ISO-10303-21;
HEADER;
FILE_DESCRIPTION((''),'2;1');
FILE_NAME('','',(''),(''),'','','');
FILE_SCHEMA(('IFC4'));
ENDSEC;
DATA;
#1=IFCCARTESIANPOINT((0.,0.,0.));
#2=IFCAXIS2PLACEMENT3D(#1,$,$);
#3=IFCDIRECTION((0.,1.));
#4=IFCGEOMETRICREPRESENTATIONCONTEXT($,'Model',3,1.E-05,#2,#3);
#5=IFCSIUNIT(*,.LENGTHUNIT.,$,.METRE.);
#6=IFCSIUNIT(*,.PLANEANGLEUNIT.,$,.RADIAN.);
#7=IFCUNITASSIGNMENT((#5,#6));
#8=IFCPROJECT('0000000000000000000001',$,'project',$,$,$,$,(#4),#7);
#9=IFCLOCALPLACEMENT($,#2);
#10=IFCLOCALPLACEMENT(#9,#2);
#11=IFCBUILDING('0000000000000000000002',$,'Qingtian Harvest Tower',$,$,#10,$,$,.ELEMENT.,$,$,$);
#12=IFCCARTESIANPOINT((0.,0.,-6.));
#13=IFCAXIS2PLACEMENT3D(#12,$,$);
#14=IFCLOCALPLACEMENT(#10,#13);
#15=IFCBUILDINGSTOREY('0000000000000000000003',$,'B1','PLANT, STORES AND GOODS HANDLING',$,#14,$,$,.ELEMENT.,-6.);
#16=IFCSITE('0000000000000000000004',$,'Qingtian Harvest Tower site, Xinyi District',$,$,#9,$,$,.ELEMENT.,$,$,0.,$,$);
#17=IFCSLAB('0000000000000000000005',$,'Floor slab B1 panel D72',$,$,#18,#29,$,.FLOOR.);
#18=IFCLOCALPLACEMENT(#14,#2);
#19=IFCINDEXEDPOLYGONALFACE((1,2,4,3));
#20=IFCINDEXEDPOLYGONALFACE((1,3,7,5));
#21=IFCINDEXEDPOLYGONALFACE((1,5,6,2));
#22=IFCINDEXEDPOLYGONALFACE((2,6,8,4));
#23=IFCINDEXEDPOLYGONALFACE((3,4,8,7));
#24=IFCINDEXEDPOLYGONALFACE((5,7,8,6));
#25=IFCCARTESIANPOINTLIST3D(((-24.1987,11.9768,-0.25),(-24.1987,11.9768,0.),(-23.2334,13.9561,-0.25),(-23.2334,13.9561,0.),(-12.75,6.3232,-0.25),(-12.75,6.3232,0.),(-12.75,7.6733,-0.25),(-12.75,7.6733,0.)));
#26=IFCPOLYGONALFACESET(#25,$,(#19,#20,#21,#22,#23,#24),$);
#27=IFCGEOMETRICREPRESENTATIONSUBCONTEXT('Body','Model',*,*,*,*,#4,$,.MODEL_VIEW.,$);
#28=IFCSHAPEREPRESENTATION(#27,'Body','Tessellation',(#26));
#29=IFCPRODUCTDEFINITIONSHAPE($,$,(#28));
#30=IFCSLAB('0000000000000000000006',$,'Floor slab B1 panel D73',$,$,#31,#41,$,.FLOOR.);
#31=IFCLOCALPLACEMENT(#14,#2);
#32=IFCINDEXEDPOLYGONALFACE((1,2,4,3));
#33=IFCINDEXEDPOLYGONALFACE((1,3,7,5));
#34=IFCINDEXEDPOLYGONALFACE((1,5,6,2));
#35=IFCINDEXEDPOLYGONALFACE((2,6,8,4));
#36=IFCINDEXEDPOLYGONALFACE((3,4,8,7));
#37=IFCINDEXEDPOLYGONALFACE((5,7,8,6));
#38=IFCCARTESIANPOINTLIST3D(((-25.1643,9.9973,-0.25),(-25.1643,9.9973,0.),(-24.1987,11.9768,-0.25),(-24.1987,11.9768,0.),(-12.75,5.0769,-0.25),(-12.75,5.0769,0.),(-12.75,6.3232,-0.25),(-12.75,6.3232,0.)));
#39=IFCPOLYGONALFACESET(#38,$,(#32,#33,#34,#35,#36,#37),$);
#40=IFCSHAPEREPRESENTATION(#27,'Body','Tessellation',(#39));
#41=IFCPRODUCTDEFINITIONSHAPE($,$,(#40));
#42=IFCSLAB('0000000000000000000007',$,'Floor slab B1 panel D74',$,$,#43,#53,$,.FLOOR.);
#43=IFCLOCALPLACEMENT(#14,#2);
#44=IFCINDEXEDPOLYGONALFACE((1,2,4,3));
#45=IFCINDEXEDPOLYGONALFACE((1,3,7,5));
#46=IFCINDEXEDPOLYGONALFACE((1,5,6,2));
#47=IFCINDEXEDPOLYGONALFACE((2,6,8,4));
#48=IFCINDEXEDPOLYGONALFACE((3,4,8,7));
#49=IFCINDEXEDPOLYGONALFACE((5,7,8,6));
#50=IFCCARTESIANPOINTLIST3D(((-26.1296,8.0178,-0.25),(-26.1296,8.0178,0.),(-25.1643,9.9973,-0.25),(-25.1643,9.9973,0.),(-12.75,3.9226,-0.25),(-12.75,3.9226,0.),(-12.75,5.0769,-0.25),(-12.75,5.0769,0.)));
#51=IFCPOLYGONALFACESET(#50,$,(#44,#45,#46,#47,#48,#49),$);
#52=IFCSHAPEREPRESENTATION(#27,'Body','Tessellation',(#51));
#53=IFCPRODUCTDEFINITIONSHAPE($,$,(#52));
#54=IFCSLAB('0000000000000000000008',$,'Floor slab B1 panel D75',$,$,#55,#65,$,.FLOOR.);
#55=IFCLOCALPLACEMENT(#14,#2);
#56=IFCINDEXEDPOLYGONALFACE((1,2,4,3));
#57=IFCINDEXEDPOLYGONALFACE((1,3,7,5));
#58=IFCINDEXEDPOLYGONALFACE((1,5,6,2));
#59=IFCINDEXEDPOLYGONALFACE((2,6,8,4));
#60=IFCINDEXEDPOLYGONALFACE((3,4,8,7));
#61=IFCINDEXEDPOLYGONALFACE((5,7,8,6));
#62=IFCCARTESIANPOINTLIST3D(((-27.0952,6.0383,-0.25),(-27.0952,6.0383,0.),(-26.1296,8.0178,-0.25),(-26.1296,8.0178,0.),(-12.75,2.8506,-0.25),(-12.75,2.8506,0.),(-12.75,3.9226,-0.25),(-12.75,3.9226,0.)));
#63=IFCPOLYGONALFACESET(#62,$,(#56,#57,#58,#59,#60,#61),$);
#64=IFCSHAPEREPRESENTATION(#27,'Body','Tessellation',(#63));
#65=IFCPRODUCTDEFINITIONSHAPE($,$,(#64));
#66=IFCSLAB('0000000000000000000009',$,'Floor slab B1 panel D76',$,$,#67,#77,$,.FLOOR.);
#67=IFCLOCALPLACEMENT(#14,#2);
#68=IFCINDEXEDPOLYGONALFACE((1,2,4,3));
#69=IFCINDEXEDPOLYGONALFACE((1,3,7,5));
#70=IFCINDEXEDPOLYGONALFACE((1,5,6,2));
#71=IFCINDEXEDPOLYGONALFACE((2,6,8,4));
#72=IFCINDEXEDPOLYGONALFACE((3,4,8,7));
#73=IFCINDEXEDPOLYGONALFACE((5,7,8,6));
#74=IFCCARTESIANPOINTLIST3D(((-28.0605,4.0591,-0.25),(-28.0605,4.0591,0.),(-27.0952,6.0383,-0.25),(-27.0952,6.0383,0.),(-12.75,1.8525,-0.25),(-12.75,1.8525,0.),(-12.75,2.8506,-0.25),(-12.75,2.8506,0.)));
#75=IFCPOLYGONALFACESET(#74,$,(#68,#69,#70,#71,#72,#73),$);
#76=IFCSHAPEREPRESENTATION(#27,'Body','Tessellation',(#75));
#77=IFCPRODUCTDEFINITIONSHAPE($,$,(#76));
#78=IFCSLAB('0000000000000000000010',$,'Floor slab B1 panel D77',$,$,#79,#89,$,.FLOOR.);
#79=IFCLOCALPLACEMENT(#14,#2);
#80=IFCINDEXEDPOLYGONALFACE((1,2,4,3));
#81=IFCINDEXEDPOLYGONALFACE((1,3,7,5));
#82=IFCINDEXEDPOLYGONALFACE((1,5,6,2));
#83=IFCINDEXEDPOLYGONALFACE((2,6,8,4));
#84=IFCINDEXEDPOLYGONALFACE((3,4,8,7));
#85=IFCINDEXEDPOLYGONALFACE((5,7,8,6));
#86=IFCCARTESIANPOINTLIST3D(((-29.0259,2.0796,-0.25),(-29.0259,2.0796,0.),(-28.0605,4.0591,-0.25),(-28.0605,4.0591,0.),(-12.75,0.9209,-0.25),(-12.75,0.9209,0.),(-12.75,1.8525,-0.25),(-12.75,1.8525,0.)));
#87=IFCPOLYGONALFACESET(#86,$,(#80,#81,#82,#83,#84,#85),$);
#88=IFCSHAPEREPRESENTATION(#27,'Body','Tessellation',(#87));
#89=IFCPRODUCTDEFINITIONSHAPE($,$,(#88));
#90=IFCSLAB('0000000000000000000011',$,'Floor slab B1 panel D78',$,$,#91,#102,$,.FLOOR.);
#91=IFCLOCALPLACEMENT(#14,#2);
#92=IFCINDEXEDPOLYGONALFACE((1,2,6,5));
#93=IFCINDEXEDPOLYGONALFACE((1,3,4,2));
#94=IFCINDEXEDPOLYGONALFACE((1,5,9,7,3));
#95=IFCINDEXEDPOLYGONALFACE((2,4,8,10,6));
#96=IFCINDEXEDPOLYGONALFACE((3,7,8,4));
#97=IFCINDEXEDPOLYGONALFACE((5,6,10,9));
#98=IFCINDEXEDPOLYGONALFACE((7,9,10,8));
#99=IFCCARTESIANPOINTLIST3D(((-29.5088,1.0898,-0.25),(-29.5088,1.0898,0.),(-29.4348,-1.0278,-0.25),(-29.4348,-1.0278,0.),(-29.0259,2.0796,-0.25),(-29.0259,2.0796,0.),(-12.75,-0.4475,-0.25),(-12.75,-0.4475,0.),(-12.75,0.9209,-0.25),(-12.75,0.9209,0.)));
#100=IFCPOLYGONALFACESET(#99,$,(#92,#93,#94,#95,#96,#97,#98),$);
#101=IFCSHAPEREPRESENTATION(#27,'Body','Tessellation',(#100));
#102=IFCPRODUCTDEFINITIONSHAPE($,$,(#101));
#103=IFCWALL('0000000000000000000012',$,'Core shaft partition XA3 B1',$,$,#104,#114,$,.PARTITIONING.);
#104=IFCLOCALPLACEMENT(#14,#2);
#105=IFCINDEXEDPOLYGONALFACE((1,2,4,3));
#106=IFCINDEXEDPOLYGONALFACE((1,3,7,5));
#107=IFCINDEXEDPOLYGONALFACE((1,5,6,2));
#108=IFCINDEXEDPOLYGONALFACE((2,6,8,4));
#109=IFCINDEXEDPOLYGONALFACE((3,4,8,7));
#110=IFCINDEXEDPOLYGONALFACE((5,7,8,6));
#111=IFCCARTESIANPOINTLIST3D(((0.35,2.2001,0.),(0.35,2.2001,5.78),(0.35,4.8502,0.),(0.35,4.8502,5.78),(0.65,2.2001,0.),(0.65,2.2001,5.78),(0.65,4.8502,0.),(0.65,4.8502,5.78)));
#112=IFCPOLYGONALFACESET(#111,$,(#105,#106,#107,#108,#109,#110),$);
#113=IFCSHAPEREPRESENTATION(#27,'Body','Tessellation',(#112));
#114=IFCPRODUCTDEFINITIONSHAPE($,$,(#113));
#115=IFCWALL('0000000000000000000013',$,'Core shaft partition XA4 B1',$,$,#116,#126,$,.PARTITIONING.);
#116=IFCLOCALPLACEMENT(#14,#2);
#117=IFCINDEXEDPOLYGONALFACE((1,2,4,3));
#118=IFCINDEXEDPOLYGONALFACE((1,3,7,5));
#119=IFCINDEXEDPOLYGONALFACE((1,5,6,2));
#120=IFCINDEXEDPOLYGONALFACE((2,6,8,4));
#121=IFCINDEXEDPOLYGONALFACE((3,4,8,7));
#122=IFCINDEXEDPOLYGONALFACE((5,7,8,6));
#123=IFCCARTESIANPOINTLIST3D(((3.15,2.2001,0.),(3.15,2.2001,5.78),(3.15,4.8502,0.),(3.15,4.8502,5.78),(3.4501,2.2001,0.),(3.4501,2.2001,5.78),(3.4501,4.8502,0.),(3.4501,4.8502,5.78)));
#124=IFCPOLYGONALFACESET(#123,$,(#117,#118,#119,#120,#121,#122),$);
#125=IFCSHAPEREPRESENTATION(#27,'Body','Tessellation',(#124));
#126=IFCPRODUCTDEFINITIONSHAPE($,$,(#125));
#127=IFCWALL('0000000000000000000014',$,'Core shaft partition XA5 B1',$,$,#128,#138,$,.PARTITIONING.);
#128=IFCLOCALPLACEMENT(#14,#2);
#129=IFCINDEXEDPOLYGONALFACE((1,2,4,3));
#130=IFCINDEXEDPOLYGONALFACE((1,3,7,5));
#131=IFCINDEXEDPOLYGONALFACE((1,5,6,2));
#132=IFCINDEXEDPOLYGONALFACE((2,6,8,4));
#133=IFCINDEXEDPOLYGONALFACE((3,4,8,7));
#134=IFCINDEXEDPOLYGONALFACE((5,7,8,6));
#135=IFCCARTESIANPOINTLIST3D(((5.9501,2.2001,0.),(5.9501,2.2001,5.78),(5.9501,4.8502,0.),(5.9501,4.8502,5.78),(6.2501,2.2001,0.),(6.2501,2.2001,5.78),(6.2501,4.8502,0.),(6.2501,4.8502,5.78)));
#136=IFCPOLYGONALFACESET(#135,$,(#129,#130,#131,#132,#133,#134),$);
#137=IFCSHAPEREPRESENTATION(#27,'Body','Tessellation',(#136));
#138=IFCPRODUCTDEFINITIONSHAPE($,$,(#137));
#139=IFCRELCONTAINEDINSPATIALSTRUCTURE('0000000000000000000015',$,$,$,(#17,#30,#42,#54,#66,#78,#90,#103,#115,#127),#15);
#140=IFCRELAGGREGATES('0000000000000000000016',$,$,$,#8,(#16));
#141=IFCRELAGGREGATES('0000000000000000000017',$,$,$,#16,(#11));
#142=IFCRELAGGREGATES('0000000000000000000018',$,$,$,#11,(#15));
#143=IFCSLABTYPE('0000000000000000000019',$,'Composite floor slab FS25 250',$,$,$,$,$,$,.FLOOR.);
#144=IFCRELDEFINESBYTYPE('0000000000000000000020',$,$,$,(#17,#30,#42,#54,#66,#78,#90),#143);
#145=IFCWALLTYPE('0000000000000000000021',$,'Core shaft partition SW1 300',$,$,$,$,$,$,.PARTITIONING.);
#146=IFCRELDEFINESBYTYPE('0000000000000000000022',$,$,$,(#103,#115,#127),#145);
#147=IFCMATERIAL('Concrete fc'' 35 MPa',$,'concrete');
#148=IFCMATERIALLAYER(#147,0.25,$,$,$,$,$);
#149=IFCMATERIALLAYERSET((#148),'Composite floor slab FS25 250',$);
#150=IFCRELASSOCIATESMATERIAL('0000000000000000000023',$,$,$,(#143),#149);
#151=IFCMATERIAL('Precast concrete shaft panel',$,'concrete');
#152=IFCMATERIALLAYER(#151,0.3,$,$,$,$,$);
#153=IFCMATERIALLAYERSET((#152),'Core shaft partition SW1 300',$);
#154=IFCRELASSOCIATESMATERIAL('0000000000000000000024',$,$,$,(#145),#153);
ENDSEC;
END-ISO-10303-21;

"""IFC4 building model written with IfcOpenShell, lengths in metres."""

from ifc_helpers import new_model, si_unit, direction, frame, frame_2d, origin, place, context, subcontext, project, spatial, polyline, rectangle, outline, extrude, material, layer, layer_set, type_object, element, save


model = new_model("IFC4")

# Units and contexts
model_context = context("Model", 3, precision=1e-05, world=origin(), true_north=direction((0.0, 1.0)))
body_context = subcontext(model_context, "Body", "Model", "MODEL_VIEW")
ifc_project = project(units=[si_unit("LENGTHUNIT", "METRE"), si_unit("PLANEANGLEUNIT", "RADIAN")], contexts=[model_context])

# Site, building, storey
site_placement = place(None, origin())
site = spatial("IfcSite", under=ifc_project, at=site_placement, Name="Qingtian Harvest Tower site, Xinyi District", CompositionType="ELEMENT", RefElevation=0.0)
building_placement = place(site_placement, origin())
building = spatial("IfcBuilding", under=site, at=building_placement, Name="Qingtian Harvest Tower", CompositionType="ELEMENT")
storey_placement = place(building_placement, frame((0.0, 0.0, -6.0)))
storey = spatial("IfcBuildingStorey", under=building, at=storey_placement, Name="B1", Description="PLANT, STORES AND GOODS HANDLING", CompositionType="ELEMENT", Elevation=-6.0)

# Slabs
ifc_material_1 = material(Name="Concrete fc' 35 MPa", Category="concrete")
ifc_layer_1 = layer(ifc_material_1, 0.25)
ifc_layer_set_1 = layer_set([ifc_layer_1], Name="Composite floor slab FS25 250")
slab_type = type_object("IfcSlabType", Name="Composite floor slab FS25 250", PredefinedType="FLOOR", material=ifc_layer_set_1)
slab_1_placement = place(storey_placement, frame((0.0, 0.0, -0.25)))
element("IfcSlab", 1, at=slab_1_placement, inside=storey, type_object=slab_type, Name="Floor slab B1 panel D72", PredefinedType="FLOOR", context=body_context, shape_type="SweptSolid", body=[
    extrude(outline(polyline([(-12.75, 6.3232), (-24.1987, 11.9768), (-23.2334, 13.9561), (-12.75, 7.6733), (-12.75, 6.3232)])), origin(), (0.0, 0.0, 1.0), 0.25),
])
slab_2_placement = place(storey_placement, frame((0.0, 0.0, -0.25)))
element("IfcSlab", 2, at=slab_2_placement, inside=storey, type_object=slab_type, Name="Floor slab B1 panel D73", PredefinedType="FLOOR", context=body_context, shape_type="SweptSolid", body=[
    extrude(outline(polyline([(-12.75, 5.0769), (-25.1643, 9.9973), (-24.1987, 11.9768), (-12.75, 6.3232), (-12.75, 5.0769)])), origin(), (0.0, 0.0, 1.0), 0.25),
])
slab_3_placement = place(storey_placement, frame((0.0, 0.0, -0.25)))
element("IfcSlab", 3, at=slab_3_placement, inside=storey, type_object=slab_type, Name="Floor slab B1 panel D74", PredefinedType="FLOOR", context=body_context, shape_type="SweptSolid", body=[
    extrude(outline(polyline([(-12.75, 3.9226), (-26.1296, 8.0178), (-25.1643, 9.9973), (-12.75, 5.0769), (-12.75, 3.9226)])), origin(), (0.0, 0.0, 1.0), 0.25),
])
slab_4_placement = place(storey_placement, frame((0.0, 0.0, -0.25)))
element("IfcSlab", 4, at=slab_4_placement, inside=storey, type_object=slab_type, Name="Floor slab B1 panel D75", PredefinedType="FLOOR", context=body_context, shape_type="SweptSolid", body=[
    extrude(outline(polyline([(-12.75, 2.8506), (-27.0952, 6.0383), (-26.1296, 8.0178), (-12.75, 3.9226), (-12.75, 2.8506)])), origin(), (0.0, 0.0, 1.0), 0.25),
])
slab_5_placement = place(storey_placement, frame((0.0, 0.0, -0.25)))
element("IfcSlab", 5, at=slab_5_placement, inside=storey, type_object=slab_type, Name="Floor slab B1 panel D76", PredefinedType="FLOOR", context=body_context, shape_type="SweptSolid", body=[
    extrude(outline(polyline([(-12.75, 1.8525), (-28.0605, 4.0591), (-27.0952, 6.0383), (-12.75, 2.8506), (-12.75, 1.8525)])), origin(), (0.0, 0.0, 1.0), 0.25),
])
slab_6_placement = place(storey_placement, frame((0.0, 0.0, -0.25)))
element("IfcSlab", 6, at=slab_6_placement, inside=storey, type_object=slab_type, Name="Floor slab B1 panel D77", PredefinedType="FLOOR", context=body_context, shape_type="SweptSolid", body=[
    extrude(outline(polyline([(-12.75, 0.9209), (-29.0259, 2.0796), (-28.0605, 4.0591), (-12.75, 1.8525), (-12.75, 0.9209)])), origin(), (0.0, 0.0, 1.0), 0.25),
])
slab_7_placement = place(storey_placement, frame((0.0, 0.0, -0.25)))
element("IfcSlab", 7, at=slab_7_placement, inside=storey, type_object=slab_type, Name="Floor slab B1 panel D78", PredefinedType="FLOOR", context=body_context, shape_type="SweptSolid", body=[
    extrude(outline(polyline([(-12.75, 0.9209), (-12.75, -0.4475), (-29.4348, -1.0278), (-29.5088, 1.0898), (-29.0259, 2.0796), (-12.75, 0.9209)])), origin(), (0.0, 0.0, 1.0), 0.25),
])

# Walls
ifc_material_2 = material(Name="Precast concrete shaft panel", Category="concrete")
ifc_layer_2 = layer(ifc_material_2, 0.3)
ifc_layer_set_2 = layer_set([ifc_layer_2], Name="Core shaft partition SW1 300")
wall_type = type_object("IfcWallType", Name="Core shaft partition SW1 300", PredefinedType="PARTITIONING", material=ifc_layer_set_2)
for number, where, z_axis, x_axis, name in (
    (8, (0.5, 2.2, 0.0), (0.0, 0.0, 1.0), (0.0, 1.0, 0.0), "Core shaft partition XA3 B1"),
    (9, (3.3, 2.2, 0.0), (0.0, 0.0, 1.0), (0.0, 1.0, 0.0), "Core shaft partition XA4 B1"),
    (10, (6.1001, 2.2, 0.0), (0.0, 0.0, 1.0), (0.0, 1.0, 0.0), "Core shaft partition XA5 B1"),
):
    element("IfcWall", number, at=place(storey_placement, frame(where, z_axis=z_axis, x_axis=x_axis)), inside=storey, type_object=wall_type, Name=name, PredefinedType="PARTITIONING", context=body_context, shape_type="SweptSolid", body=[
        extrude(rectangle(XDim=2.6501, YDim=0.3, at=frame_2d((1.3252, 0.0))), origin(), (0.0, 0.0, 1.0), 5.78),
    ])

save(model, "model.ifc")
